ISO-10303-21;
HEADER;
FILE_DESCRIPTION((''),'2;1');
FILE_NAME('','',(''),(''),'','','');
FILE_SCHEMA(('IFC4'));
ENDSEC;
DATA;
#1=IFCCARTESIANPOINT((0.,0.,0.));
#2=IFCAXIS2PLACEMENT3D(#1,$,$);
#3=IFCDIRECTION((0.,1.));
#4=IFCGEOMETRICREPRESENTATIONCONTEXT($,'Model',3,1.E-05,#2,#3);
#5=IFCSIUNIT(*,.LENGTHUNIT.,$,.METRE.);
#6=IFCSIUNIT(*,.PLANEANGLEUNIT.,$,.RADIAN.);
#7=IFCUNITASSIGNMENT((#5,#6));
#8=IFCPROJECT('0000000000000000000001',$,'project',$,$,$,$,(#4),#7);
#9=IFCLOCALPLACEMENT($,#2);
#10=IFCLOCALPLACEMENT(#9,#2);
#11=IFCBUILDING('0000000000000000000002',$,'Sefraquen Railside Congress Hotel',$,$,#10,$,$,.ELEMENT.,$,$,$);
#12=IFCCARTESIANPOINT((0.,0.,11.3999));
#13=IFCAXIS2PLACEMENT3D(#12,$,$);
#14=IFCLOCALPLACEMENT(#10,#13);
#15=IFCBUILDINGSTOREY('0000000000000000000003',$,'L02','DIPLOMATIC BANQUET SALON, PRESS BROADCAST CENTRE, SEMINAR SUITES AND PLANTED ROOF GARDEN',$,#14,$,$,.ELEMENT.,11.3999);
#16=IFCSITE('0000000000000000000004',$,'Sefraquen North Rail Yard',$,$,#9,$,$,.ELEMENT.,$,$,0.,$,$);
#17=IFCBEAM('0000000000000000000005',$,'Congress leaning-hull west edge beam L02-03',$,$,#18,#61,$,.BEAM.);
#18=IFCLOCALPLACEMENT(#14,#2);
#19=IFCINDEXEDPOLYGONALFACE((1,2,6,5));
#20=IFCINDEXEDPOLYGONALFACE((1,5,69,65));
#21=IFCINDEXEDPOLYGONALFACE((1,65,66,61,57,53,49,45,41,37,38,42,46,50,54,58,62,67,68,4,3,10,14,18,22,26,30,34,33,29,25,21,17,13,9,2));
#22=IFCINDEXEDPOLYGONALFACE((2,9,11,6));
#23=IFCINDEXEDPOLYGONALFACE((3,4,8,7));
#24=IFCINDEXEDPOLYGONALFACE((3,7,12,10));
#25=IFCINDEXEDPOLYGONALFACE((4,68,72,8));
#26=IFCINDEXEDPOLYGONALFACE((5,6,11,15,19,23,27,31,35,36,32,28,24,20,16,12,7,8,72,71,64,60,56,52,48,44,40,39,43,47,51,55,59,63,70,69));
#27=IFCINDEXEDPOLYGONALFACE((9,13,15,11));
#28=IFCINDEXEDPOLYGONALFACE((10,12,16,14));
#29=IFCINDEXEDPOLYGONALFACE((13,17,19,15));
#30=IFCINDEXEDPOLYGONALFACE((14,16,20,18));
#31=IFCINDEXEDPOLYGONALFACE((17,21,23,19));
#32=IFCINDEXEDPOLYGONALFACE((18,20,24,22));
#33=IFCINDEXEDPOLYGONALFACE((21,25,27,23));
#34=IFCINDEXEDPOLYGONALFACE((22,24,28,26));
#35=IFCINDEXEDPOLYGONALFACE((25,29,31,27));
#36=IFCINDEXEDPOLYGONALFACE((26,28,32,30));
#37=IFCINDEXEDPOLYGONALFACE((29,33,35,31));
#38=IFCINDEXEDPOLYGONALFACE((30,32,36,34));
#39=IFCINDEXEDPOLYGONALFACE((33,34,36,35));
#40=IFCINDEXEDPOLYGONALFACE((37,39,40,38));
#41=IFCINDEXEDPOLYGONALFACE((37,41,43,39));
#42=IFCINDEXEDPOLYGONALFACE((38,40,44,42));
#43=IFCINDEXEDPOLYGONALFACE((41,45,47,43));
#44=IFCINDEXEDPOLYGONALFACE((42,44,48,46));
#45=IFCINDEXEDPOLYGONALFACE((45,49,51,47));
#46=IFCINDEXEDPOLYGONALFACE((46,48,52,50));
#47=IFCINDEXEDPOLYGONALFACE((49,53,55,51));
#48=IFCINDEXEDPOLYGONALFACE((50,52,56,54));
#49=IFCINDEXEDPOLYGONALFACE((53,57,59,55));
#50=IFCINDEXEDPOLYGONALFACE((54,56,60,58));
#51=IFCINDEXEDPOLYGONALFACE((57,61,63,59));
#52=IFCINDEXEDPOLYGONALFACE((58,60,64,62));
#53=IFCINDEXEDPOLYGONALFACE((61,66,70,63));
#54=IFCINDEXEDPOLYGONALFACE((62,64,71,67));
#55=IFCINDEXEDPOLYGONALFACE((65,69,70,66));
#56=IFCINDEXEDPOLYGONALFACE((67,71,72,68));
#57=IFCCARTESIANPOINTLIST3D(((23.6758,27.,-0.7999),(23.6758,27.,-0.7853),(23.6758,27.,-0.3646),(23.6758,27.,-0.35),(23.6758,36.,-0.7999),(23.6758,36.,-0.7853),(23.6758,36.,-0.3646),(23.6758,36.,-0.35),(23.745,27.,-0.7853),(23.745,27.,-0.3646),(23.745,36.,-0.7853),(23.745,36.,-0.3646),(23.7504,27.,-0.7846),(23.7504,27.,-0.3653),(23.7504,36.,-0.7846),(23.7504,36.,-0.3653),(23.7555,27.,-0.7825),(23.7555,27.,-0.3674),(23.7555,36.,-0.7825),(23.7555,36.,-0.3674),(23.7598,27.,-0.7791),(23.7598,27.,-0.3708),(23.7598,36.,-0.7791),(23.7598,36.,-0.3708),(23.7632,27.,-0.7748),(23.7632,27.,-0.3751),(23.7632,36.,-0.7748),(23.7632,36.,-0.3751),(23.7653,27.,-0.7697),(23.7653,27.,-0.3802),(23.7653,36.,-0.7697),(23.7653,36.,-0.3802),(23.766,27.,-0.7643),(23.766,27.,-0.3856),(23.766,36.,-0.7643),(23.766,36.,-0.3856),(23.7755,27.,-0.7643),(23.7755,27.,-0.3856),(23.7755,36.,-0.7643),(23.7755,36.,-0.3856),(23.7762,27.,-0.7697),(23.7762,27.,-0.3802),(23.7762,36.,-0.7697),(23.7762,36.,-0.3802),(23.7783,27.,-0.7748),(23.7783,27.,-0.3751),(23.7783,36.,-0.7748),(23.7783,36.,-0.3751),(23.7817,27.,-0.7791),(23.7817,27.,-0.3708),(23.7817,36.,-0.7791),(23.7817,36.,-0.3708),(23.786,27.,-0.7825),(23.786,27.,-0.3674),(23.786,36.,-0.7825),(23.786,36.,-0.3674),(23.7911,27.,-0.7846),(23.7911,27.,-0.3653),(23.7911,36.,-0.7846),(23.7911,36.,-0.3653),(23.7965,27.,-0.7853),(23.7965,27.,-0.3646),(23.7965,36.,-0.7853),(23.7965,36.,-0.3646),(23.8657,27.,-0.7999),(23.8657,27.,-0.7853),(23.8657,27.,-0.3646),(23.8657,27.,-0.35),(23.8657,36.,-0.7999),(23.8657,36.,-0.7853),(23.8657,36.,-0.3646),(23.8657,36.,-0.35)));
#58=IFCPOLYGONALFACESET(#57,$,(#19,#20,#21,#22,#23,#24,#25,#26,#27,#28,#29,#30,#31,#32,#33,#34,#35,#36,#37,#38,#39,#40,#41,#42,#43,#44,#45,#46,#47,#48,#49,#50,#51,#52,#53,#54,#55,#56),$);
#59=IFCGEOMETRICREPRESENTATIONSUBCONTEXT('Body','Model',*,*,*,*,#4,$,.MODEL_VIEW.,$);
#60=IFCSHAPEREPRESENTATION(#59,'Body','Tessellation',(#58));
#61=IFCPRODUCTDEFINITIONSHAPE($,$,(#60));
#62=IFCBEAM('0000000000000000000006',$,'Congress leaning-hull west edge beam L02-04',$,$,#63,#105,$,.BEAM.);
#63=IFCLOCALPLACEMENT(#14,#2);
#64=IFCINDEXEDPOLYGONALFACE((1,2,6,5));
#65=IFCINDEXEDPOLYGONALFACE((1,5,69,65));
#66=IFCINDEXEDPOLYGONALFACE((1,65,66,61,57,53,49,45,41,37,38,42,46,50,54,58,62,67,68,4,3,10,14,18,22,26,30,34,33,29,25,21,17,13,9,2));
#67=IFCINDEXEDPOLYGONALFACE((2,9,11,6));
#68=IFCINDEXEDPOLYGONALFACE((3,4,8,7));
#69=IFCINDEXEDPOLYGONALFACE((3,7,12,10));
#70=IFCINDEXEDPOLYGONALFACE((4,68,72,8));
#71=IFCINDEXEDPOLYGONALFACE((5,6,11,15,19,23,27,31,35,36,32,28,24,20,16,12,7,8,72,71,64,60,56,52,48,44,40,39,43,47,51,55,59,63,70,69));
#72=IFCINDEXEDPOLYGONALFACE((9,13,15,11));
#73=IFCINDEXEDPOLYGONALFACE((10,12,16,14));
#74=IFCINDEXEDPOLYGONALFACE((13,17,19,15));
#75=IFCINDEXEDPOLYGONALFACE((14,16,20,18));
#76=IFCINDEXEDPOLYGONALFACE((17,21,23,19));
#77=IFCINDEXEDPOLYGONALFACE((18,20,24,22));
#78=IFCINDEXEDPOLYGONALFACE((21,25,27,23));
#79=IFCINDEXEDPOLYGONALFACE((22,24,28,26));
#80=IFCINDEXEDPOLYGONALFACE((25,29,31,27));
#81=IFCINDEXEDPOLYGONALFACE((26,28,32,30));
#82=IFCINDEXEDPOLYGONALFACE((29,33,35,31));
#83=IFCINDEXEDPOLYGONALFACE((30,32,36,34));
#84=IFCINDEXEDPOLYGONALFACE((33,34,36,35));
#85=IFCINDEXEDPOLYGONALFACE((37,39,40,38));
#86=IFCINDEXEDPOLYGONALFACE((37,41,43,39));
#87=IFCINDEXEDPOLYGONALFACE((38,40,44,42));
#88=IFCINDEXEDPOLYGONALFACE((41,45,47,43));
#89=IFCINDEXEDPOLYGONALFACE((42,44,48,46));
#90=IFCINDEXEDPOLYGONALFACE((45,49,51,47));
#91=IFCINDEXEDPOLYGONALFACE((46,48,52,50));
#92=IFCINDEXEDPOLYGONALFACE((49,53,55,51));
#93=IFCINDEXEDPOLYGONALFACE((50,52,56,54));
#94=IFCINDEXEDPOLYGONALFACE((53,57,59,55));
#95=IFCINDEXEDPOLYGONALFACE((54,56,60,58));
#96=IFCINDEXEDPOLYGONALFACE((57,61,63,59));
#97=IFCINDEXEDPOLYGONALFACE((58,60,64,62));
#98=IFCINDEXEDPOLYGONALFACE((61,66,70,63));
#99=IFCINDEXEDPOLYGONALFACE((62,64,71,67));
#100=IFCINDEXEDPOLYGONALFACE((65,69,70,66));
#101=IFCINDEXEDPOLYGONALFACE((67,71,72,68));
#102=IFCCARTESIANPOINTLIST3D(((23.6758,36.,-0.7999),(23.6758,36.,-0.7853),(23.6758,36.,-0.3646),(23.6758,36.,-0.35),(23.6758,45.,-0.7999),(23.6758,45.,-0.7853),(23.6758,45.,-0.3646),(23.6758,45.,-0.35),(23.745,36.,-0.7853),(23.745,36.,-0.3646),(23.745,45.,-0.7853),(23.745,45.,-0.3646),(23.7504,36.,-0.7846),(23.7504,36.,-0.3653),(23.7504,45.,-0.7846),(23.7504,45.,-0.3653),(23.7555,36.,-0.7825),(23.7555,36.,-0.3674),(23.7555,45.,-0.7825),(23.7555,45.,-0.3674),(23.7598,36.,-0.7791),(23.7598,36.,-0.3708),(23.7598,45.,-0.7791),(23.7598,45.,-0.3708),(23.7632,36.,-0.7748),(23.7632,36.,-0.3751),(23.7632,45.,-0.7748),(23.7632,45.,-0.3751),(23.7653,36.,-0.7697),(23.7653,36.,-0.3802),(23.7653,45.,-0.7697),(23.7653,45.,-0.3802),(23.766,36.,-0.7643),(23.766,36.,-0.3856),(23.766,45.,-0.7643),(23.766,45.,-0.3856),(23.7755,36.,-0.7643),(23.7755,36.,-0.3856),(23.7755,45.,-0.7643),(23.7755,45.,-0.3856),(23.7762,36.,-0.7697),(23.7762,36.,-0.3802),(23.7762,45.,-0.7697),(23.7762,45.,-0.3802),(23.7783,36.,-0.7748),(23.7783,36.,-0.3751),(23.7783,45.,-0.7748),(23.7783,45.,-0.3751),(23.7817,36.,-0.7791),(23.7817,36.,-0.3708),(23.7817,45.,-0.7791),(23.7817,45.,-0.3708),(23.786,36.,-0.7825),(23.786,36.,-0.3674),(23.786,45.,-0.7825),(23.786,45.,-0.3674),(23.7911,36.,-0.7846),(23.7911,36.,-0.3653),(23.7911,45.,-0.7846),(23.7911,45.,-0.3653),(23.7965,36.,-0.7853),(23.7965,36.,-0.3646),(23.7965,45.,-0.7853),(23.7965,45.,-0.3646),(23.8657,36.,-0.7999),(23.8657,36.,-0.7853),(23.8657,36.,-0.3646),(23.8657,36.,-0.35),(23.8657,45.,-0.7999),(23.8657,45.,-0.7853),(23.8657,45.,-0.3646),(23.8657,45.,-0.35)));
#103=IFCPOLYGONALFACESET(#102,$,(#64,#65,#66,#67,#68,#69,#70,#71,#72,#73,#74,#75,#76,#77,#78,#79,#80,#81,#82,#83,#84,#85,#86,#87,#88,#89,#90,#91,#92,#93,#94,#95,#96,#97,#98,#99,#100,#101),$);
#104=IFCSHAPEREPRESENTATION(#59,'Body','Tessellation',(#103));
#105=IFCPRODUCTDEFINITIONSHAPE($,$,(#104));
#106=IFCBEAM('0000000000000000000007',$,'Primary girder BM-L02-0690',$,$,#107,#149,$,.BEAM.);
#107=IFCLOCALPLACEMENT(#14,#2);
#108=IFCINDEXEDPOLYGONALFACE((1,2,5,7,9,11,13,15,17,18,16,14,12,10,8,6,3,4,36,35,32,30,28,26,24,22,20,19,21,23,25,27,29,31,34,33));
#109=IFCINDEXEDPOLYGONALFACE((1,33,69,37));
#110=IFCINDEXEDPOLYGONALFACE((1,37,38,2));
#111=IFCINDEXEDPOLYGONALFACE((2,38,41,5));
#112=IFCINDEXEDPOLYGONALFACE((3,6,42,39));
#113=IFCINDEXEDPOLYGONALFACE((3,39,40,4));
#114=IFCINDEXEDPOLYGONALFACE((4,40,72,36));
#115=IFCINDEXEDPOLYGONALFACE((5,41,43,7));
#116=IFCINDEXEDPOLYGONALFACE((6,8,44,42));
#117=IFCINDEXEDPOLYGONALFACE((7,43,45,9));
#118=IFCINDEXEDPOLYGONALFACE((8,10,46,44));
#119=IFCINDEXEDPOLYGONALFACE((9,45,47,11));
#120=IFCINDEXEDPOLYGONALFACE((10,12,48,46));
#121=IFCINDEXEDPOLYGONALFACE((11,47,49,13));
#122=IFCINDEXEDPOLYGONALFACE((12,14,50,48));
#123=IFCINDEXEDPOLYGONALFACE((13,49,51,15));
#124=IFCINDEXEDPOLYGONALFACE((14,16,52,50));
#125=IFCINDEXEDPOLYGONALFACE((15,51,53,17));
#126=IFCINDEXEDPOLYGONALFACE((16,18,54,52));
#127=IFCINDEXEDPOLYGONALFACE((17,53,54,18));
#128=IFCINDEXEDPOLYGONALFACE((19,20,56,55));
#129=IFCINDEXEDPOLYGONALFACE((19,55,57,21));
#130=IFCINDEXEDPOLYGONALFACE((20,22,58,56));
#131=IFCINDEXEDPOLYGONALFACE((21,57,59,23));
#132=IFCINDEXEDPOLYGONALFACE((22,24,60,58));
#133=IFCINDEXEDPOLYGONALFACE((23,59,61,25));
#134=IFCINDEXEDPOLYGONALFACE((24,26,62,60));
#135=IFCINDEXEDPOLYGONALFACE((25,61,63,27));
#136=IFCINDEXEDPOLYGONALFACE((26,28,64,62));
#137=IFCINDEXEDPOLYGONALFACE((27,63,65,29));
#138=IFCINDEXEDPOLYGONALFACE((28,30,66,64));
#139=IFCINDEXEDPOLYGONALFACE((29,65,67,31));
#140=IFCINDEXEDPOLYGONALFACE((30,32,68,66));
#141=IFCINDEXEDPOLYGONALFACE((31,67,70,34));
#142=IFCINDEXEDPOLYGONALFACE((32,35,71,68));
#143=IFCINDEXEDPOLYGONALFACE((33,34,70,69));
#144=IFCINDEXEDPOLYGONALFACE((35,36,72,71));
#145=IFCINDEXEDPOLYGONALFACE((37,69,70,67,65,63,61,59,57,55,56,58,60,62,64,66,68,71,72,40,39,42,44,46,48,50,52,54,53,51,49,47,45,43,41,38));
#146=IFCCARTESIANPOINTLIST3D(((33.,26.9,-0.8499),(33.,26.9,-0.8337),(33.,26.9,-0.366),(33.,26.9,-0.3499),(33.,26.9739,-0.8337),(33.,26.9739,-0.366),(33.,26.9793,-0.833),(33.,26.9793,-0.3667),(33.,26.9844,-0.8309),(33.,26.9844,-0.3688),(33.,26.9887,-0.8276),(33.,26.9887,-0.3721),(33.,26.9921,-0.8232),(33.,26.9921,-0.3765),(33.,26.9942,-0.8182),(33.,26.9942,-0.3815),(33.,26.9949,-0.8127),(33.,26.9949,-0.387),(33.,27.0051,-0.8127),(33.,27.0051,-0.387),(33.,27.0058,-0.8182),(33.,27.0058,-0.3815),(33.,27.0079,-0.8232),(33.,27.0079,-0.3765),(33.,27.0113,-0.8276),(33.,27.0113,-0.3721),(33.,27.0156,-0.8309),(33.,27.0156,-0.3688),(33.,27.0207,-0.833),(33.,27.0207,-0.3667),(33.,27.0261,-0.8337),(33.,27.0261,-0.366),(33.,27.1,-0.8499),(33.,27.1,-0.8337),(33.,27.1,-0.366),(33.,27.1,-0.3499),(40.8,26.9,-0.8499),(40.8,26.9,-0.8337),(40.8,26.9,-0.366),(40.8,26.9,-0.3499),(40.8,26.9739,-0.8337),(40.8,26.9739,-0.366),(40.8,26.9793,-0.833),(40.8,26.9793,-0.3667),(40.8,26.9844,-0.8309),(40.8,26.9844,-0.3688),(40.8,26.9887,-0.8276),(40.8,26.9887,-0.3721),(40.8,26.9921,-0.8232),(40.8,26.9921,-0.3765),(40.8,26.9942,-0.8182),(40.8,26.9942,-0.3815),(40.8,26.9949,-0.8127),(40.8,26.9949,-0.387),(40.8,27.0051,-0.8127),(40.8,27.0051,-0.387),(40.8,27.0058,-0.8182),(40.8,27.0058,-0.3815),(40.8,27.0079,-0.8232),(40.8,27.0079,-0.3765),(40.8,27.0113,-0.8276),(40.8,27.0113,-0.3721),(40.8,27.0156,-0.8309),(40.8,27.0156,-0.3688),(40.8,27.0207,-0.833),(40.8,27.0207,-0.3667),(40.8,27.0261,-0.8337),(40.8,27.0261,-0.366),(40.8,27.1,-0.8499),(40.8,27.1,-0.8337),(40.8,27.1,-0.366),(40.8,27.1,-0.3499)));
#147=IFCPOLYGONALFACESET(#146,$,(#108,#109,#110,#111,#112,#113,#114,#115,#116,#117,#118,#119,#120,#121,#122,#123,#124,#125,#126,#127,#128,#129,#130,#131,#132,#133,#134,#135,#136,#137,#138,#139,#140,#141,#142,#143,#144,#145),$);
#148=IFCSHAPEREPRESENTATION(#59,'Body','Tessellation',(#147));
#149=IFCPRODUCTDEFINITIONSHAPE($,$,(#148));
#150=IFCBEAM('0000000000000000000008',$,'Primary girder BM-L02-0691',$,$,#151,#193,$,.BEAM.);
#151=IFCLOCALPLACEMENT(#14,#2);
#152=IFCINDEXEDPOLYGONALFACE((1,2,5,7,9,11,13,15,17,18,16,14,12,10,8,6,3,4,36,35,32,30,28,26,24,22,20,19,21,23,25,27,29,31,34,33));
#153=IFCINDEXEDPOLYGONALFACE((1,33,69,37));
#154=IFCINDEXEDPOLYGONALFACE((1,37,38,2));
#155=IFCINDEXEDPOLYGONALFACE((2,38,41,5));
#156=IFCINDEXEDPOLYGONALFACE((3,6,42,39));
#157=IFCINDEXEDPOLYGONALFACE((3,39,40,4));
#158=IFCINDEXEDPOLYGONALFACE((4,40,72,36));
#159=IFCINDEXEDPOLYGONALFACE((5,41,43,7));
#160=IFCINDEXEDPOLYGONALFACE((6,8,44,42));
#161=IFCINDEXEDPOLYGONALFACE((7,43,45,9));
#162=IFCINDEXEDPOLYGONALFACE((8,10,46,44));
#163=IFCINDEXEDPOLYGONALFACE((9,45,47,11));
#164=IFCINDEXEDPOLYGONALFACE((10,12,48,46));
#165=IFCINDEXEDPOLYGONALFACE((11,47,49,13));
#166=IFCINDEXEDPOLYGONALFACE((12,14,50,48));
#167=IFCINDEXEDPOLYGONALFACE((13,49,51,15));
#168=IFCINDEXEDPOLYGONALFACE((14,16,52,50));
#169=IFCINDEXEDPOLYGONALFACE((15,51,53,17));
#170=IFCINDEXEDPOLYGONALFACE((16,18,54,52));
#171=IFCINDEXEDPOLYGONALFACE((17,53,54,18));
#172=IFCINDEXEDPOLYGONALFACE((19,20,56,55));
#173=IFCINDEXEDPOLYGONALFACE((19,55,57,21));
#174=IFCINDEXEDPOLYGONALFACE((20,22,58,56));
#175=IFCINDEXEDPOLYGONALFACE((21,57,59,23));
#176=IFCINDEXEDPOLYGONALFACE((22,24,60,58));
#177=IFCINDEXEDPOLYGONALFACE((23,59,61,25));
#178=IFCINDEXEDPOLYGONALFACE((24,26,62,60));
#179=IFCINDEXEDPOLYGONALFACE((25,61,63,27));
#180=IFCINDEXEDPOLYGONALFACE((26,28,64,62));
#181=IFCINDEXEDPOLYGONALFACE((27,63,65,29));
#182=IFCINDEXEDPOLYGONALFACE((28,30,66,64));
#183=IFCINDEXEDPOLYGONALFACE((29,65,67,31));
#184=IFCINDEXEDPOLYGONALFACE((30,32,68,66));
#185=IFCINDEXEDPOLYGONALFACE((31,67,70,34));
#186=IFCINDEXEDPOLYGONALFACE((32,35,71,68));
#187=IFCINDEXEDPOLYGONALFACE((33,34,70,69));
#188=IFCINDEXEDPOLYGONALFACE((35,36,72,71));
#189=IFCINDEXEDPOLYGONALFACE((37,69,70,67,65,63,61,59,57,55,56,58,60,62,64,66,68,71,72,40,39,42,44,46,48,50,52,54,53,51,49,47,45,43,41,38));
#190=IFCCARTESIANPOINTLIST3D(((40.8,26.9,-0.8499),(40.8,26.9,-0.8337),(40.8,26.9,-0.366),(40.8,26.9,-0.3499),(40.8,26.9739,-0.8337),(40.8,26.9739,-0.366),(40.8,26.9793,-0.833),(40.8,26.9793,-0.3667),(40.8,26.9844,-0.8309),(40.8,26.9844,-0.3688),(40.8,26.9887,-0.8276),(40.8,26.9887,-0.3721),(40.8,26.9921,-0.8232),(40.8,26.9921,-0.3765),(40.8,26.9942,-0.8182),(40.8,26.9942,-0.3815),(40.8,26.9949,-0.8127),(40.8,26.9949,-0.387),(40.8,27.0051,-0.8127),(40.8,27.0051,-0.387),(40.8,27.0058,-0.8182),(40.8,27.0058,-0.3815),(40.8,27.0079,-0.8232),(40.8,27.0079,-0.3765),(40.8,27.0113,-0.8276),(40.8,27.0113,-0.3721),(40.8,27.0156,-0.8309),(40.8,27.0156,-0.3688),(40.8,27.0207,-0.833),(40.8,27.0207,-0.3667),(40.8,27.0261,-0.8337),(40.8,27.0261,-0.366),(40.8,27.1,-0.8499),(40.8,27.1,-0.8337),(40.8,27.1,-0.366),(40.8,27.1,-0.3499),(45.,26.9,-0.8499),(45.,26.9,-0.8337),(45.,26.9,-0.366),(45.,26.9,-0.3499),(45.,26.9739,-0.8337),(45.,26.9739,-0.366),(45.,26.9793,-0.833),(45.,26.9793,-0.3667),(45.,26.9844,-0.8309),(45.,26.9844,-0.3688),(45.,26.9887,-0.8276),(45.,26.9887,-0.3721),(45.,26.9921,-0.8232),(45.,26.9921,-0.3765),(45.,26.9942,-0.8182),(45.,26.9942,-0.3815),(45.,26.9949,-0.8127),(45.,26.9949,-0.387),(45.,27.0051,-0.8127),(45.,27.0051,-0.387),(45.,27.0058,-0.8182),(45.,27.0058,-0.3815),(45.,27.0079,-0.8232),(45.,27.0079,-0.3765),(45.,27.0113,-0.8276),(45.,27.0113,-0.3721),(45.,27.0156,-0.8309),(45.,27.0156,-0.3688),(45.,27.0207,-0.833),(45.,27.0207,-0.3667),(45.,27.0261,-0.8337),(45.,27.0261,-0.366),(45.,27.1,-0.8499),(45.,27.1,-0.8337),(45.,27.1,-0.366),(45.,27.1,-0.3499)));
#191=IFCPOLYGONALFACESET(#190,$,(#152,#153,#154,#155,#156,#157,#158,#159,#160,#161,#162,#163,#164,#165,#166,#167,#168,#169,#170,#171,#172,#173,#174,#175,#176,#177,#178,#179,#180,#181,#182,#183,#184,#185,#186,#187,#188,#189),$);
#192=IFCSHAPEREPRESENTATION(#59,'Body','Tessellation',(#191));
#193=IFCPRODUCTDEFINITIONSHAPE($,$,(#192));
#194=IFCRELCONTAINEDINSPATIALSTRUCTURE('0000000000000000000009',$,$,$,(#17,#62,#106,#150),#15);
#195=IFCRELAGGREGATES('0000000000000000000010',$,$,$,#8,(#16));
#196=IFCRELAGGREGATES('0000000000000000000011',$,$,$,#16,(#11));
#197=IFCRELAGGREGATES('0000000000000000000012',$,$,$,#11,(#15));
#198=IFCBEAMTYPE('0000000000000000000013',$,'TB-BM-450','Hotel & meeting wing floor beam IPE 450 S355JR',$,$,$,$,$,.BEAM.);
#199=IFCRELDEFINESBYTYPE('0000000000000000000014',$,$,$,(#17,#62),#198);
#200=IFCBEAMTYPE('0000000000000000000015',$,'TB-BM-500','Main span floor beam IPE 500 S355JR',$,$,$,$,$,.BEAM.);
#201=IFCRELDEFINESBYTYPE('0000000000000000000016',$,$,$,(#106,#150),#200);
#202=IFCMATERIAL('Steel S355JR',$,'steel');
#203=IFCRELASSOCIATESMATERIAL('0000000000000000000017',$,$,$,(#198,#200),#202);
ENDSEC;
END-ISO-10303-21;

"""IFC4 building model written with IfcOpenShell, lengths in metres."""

from ifc_helpers import new_model, si_unit, direction, frame, origin, origin_2d, place, context, subcontext, project, spatial, i_section, extrude, material, material_profile, profile_set, type_object, element, save


model = new_model("IFC4")

# Units and contexts
model_context = context("Model", 3, precision=1e-05, world=origin(), true_north=direction((0.0, 1.0)))
body_context = subcontext(model_context, "Body", "Model", "MODEL_VIEW")
ifc_project = project(units=[si_unit("LENGTHUNIT", "METRE"), si_unit("PLANEANGLEUNIT", "RADIAN")], contexts=[model_context])

# Site, building, storey
site_placement = place(None, origin())
site = spatial("IfcSite", under=ifc_project, at=site_placement, Name="Sefraquen North Rail Yard", CompositionType="ELEMENT", RefElevation=0.0)
building_placement = place(site_placement, origin())
building = spatial("IfcBuilding", under=site, at=building_placement, Name="Sefraquen Railside Congress Hotel", CompositionType="ELEMENT")
storey_placement = place(building_placement, frame((0.0, 0.0, 11.3999)))
storey = spatial("IfcBuildingStorey", under=building, at=storey_placement, Name="L02", Description="DIPLOMATIC BANQUET SALON, PRESS BROADCAST CENTRE, SEMINAR SUITES AND PLANTED ROOF GARDEN", CompositionType="ELEMENT", Elevation=11.3999)

# Shared definitions
ifc_material_1 = material(Name="Steel S355JR", Category="steel")

# Beams
ifc_material_profile_1 = material_profile(ifc_material_1, i_section(OverallWidth=0.1899, OverallDepth=0.45, WebThickness=0.0095, FlangeThickness=0.0146, FilletRadius=0.021, at=origin_2d()), Name="IPE 450")
ifc_profile_set_1 = profile_set([ifc_material_profile_1], Name="Steel S355JR")
beam_type_1 = type_object("IfcBeamType", Name="TB-BM-450", Description="Hotel & meeting wing floor beam IPE 450 S355JR", PredefinedType="BEAM", material=ifc_profile_set_1)
for number, where, z_axis, x_axis, name in (
    (1, (23.7708, 27.0, -0.575), (0.0, 1.0, 0.0), (-1.0, 0.0, 0.0), "Congress leaning-hull west edge beam L02-03"),
    (2, (23.7708, 36.0, -0.575), (0.0, 1.0, 0.0), (-1.0, 0.0, 0.0), "Congress leaning-hull west edge beam L02-04"),
):
    element("IfcBeam", number, at=place(storey_placement, frame(where, z_axis=z_axis, x_axis=x_axis)), inside=storey, type_object=beam_type_1, Name=name, PredefinedType="BEAM", context=body_context, shape_type="SweptSolid", body=[
        extrude(i_section(OverallWidth=0.1899, OverallDepth=0.45, WebThickness=0.0095, FlangeThickness=0.0146, FilletRadius=0.021, at=origin_2d()), origin(), (0.0, 0.0, 1.0), 9.0),
    ])
ifc_material_profile_2 = material_profile(ifc_material_1, i_section(OverallWidth=0.2, OverallDepth=0.5, WebThickness=0.0103, FlangeThickness=0.0161, FilletRadius=0.021, at=origin_2d()), Name="IPE 500")
ifc_profile_set_2 = profile_set([ifc_material_profile_2], Name="Steel S355JR")
beam_type_2 = type_object("IfcBeamType", Name="TB-BM-500", Description="Main span floor beam IPE 500 S355JR", PredefinedType="BEAM", material=ifc_profile_set_2)
beam_1_placement = place(storey_placement, frame((33.0, 27.0, -0.5999), z_axis=(1.0, 0.0, 0.0), x_axis=(0.0, 1.0, 0.0)))
element("IfcBeam", 3, at=beam_1_placement, inside=storey, type_object=beam_type_2, Name="Primary girder BM-L02-0690", PredefinedType="BEAM", context=body_context, shape_type="SweptSolid", body=[
    extrude(i_section(OverallWidth=0.2, OverallDepth=0.5, WebThickness=0.0103, FlangeThickness=0.0161, FilletRadius=0.021, at=origin_2d()), origin(), (0.0, 0.0, 1.0), 7.8),
])
beam_2_placement = place(storey_placement, frame((40.8, 27.0, -0.5999), z_axis=(1.0, 0.0, 0.0), x_axis=(0.0, 1.0, 0.0)))
element("IfcBeam", 4, at=beam_2_placement, inside=storey, type_object=beam_type_2, Name="Primary girder BM-L02-0691", PredefinedType="BEAM", context=body_context, shape_type="SweptSolid", body=[
    extrude(i_section(OverallWidth=0.2, OverallDepth=0.5, WebThickness=0.0103, FlangeThickness=0.0161, FilletRadius=0.021, at=origin_2d()), origin(), (0.0, 0.0, 1.0), 4.2),
])

save(model, "model.ifc")
